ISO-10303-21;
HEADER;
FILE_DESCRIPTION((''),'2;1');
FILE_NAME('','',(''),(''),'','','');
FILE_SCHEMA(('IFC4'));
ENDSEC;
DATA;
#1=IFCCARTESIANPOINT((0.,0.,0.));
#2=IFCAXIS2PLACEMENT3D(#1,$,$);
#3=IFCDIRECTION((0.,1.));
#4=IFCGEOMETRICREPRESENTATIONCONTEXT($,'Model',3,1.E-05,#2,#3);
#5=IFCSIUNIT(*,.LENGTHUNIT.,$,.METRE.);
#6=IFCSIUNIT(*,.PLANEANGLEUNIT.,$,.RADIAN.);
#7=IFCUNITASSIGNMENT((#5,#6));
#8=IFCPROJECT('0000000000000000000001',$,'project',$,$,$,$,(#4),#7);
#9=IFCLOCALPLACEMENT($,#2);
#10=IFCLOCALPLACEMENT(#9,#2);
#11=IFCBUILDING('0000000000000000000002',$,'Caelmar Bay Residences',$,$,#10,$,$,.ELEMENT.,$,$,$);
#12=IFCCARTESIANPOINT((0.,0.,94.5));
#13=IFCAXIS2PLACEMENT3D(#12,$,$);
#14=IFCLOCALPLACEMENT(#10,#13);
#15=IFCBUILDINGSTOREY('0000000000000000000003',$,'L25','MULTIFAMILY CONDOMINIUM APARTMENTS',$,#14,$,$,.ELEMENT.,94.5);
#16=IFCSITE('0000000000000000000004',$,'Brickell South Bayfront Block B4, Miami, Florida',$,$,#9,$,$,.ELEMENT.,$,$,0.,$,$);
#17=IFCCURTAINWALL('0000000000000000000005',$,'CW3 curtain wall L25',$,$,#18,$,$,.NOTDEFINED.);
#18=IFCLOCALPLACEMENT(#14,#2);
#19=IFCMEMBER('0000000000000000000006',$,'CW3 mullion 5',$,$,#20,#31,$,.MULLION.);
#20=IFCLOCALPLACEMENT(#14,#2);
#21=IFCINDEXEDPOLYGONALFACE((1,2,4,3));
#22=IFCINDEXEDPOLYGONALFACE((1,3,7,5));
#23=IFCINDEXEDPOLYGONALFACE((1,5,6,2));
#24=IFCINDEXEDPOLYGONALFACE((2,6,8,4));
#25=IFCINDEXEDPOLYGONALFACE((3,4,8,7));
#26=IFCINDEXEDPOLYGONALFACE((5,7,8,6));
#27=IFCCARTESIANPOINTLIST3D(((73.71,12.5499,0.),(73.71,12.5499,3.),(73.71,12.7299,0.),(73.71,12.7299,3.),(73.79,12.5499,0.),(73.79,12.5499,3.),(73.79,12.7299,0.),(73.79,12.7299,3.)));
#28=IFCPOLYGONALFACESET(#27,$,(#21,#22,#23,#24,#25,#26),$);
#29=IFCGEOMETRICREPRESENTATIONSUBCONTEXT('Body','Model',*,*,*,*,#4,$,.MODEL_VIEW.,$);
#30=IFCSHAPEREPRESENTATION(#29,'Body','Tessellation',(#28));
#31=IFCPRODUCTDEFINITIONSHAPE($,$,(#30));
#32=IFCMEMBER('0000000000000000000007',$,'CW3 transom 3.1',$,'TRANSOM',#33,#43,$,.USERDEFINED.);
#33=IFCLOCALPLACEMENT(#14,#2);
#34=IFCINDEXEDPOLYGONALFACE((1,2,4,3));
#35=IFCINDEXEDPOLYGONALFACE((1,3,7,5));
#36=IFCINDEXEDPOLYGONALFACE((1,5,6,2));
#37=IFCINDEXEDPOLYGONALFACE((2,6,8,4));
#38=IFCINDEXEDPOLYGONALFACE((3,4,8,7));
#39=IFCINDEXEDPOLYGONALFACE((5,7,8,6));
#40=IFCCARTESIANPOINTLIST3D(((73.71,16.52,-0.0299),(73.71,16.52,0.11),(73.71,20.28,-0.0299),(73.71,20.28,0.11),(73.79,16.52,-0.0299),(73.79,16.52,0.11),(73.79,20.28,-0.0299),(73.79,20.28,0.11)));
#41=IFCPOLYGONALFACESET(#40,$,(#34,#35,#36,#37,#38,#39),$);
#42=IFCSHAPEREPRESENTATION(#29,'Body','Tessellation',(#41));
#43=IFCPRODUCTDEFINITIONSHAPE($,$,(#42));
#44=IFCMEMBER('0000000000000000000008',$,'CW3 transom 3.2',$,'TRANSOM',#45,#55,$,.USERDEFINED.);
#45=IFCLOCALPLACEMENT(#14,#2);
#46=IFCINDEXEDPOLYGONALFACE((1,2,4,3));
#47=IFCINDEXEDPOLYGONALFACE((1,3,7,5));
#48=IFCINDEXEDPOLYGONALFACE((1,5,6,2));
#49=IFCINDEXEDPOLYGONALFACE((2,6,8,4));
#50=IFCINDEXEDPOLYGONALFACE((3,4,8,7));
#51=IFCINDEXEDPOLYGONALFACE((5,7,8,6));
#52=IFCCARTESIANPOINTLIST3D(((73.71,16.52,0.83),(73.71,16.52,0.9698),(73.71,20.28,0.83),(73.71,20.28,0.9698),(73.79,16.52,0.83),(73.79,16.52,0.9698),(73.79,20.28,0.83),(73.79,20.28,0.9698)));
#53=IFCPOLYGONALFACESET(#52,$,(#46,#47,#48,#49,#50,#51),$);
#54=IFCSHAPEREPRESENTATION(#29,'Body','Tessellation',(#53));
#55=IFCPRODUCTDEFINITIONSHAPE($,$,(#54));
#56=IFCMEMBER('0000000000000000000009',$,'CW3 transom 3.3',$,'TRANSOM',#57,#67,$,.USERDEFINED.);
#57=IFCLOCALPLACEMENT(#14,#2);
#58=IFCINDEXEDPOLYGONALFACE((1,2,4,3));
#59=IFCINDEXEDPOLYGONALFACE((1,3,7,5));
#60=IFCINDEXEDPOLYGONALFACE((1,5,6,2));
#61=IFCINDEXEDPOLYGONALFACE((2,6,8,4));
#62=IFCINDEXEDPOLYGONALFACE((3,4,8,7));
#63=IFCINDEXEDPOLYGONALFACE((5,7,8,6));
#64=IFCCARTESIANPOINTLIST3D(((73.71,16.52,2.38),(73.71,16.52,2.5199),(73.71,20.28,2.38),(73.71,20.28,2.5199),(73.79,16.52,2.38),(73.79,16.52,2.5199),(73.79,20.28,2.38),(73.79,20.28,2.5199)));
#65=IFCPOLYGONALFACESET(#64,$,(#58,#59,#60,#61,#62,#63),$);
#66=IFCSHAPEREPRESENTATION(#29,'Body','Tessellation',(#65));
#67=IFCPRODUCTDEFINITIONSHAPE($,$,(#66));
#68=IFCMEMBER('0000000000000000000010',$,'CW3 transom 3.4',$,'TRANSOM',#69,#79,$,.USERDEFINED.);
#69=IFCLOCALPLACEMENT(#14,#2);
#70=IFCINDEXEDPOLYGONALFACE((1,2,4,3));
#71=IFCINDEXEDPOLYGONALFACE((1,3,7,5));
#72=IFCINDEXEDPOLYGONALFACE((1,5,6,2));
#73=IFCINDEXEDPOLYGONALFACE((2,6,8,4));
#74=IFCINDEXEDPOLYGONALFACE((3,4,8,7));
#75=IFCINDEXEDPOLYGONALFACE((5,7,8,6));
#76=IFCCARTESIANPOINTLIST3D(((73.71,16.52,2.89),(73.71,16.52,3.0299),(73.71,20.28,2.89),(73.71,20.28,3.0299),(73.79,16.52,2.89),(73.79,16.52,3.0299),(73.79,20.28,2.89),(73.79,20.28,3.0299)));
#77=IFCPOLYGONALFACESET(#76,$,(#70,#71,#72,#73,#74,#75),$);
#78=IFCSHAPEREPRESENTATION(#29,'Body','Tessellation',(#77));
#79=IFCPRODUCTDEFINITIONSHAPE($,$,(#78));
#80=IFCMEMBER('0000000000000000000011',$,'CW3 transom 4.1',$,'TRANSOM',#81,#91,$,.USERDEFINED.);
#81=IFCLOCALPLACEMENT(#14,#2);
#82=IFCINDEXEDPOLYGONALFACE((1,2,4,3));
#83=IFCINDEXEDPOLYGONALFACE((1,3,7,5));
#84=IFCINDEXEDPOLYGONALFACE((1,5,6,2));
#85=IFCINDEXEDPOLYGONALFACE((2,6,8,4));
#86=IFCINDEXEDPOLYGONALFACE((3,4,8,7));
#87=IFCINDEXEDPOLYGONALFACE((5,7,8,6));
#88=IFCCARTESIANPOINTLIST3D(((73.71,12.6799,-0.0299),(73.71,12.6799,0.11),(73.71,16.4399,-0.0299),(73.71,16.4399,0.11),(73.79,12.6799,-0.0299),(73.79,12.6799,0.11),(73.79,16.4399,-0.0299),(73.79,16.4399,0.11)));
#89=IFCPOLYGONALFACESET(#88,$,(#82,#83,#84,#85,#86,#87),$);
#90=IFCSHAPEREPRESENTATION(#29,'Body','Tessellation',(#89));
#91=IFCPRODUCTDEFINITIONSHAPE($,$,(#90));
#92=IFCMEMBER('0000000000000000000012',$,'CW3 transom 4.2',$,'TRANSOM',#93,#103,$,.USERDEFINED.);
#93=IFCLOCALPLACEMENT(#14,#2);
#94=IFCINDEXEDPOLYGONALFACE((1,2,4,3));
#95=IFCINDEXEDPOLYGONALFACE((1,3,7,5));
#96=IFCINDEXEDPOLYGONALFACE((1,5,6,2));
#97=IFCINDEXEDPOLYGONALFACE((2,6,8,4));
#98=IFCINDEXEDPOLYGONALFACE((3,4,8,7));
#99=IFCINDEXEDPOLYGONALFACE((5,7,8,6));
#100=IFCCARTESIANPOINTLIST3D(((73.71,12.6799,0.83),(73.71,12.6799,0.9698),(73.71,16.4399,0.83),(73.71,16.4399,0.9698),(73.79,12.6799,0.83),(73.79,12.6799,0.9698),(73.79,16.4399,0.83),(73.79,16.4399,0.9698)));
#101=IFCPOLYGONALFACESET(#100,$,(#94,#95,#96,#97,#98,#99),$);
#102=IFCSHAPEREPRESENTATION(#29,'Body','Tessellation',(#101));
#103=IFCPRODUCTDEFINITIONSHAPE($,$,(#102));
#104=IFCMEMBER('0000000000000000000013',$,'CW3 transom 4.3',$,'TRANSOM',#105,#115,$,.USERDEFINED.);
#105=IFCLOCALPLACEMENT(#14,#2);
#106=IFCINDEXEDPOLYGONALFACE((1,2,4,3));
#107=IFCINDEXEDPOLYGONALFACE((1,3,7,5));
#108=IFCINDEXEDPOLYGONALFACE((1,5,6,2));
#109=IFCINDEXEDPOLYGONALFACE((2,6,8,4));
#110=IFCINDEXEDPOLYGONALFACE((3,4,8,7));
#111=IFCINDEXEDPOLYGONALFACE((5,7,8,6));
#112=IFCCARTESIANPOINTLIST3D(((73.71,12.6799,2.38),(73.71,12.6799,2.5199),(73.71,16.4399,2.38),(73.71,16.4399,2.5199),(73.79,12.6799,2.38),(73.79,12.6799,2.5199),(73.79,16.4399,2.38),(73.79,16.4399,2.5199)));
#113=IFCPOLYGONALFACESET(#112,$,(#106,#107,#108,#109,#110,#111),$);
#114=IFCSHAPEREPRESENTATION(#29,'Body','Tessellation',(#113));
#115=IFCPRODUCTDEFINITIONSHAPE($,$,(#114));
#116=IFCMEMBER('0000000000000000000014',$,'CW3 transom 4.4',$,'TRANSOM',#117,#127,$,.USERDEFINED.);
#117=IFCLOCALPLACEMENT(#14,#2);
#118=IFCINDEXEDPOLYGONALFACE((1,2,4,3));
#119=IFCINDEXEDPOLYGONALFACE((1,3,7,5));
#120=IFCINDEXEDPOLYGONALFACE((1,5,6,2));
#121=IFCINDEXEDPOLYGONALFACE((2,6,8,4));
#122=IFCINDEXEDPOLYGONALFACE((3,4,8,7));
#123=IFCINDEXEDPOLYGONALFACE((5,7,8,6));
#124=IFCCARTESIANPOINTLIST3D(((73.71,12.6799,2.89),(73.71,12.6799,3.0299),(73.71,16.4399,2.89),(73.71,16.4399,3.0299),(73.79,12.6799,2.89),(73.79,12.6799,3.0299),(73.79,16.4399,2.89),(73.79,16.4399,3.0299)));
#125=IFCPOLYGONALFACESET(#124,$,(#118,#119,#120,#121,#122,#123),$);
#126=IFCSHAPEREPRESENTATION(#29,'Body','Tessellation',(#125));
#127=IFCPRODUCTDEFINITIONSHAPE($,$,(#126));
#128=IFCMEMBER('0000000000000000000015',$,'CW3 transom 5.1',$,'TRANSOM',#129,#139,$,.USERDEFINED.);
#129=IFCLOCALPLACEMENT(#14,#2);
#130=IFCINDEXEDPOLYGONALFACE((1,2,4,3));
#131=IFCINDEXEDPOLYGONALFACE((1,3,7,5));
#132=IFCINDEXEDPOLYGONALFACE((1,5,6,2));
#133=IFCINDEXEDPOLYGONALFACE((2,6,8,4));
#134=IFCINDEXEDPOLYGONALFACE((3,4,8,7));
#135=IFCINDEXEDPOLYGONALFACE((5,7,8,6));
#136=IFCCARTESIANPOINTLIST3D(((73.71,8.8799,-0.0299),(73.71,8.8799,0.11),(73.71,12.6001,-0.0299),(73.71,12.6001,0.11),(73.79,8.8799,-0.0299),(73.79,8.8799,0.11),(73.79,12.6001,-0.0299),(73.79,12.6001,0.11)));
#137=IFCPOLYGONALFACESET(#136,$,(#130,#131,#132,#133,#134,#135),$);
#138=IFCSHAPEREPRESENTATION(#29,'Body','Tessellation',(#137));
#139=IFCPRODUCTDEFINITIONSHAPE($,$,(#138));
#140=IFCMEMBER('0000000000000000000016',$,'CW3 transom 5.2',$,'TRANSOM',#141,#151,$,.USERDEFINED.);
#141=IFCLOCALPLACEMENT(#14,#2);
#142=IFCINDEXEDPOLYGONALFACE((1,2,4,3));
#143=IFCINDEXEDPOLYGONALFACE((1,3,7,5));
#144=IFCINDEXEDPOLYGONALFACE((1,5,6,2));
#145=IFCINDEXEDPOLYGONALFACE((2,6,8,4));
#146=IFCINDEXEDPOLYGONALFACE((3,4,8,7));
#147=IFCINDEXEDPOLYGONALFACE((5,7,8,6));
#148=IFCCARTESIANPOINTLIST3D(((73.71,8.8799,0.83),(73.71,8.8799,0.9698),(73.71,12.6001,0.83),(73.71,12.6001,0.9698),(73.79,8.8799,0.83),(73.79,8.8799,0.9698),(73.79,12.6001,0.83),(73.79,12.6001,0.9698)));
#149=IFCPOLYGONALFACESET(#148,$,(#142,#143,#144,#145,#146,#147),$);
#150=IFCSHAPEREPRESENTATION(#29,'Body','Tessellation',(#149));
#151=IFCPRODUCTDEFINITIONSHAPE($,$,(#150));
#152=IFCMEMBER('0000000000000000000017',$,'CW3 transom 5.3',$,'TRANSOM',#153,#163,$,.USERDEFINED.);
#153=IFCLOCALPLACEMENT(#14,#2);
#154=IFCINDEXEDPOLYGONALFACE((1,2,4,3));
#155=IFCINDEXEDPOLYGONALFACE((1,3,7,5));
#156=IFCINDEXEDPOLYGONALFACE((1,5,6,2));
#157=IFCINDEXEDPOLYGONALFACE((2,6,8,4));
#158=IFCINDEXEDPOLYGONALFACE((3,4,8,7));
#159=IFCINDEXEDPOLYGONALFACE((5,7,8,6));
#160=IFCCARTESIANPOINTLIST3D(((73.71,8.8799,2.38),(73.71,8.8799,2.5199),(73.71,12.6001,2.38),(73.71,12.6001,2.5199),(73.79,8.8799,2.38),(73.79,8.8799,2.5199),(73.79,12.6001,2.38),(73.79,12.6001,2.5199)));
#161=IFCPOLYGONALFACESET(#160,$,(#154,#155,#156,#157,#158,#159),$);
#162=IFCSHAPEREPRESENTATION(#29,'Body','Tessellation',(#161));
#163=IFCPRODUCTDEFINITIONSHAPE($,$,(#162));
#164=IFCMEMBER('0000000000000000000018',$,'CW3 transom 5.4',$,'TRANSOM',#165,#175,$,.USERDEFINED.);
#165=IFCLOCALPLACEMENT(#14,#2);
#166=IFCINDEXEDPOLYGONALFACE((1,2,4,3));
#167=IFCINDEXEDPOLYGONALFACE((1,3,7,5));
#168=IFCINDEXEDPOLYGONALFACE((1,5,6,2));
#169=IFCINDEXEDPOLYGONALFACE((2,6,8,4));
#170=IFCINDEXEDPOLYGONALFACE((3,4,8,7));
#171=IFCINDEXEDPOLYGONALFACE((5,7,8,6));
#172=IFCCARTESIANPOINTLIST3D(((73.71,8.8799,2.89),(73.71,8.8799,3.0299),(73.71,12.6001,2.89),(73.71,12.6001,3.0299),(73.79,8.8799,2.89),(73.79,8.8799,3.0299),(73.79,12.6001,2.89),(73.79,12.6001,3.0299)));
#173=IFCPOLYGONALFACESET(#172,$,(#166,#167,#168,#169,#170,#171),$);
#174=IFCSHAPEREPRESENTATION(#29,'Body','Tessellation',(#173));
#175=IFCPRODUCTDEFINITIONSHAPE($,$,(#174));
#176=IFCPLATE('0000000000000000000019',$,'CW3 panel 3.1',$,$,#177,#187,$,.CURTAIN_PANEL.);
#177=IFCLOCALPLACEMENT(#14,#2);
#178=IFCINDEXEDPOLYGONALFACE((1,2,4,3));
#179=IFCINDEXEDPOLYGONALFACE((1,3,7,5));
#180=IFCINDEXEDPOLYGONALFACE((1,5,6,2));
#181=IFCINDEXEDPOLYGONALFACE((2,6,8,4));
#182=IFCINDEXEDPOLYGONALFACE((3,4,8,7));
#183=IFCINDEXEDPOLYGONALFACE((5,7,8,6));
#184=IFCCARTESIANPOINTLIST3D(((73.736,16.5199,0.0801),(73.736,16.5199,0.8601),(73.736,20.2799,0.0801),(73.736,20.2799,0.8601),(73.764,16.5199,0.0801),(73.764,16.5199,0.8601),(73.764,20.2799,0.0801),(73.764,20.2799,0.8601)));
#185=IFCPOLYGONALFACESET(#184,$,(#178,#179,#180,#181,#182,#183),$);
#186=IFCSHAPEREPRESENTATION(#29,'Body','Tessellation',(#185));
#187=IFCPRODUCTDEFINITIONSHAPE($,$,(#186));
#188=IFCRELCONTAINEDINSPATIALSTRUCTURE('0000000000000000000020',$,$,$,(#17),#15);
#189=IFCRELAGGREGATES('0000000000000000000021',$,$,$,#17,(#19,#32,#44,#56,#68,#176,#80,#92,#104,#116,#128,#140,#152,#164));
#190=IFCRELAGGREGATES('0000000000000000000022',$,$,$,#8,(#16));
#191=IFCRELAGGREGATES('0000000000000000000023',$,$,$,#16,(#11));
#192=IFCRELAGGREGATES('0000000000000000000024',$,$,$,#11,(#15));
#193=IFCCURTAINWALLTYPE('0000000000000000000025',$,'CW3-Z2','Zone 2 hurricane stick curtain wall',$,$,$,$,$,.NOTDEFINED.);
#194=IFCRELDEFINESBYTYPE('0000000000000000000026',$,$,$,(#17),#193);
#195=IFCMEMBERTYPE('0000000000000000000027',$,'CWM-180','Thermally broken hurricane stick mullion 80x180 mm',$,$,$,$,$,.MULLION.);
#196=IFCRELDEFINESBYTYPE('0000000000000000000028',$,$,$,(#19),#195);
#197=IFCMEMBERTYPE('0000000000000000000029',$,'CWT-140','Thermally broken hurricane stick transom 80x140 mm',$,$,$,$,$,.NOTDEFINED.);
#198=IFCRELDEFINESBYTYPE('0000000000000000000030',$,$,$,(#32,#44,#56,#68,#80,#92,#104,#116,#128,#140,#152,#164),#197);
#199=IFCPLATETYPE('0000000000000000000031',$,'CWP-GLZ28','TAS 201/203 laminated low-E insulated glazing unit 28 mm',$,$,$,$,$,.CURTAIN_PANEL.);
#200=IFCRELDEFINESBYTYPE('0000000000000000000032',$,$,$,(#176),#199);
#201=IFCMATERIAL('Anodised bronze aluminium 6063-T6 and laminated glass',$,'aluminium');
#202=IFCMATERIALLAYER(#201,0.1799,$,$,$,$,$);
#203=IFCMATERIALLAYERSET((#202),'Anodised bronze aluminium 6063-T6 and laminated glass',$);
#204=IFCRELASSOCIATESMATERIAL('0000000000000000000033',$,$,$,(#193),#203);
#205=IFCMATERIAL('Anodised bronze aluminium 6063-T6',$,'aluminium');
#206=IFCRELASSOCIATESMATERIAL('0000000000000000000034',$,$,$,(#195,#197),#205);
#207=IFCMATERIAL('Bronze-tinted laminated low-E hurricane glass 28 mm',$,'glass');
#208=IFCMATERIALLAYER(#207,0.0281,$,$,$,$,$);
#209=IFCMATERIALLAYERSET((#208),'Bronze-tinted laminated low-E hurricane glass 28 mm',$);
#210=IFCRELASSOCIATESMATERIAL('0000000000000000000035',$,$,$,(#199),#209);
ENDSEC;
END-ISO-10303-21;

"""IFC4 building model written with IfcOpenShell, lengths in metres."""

from ifc_helpers import new_model, si_unit, direction, frame, origin, origin_2d, place, context, subcontext, project, spatial, rectangle, extrude, material, layer, layer_set, material_profile, profile_set, type_object, element, aggregate, save


model = new_model("IFC4")

# Units and contexts
model_context = context("Model", 3, precision=1e-05, world=origin(), true_north=direction((0.0, 1.0)))
body_context = subcontext(model_context, "Body", "Model", "MODEL_VIEW")
ifc_project = project(units=[si_unit("LENGTHUNIT", "METRE"), si_unit("PLANEANGLEUNIT", "RADIAN")], contexts=[model_context])

# Site, building, storey
site_placement = place(None, origin())
site = spatial("IfcSite", under=ifc_project, at=site_placement, Name="Brickell South Bayfront Block B4, Miami, Florida", CompositionType="ELEMENT", RefElevation=0.0)
building_placement = place(site_placement, origin())
building = spatial("IfcBuilding", under=site, at=building_placement, Name="Caelmar Bay Residences", CompositionType="ELEMENT")
storey_placement = place(building_placement, frame((0.0, 0.0, 94.5)))
storey = spatial("IfcBuildingStorey", under=building, at=storey_placement, Name="L25", Description="MULTIFAMILY CONDOMINIUM APARTMENTS", CompositionType="ELEMENT", Elevation=94.5)

# Curtain wall, members, plate
ifc_material_1 = material(Name="Anodised bronze aluminium 6063-T6 and laminated glass", Category="aluminium")
ifc_layer_1 = layer(ifc_material_1, 0.1799)
ifc_layer_set_1 = layer_set([ifc_layer_1], Name="Anodised bronze aluminium 6063-T6 and laminated glass")
curtain_wall_type = type_object("IfcCurtainWallType", Name="CW3-Z2", Description="Zone 2 hurricane stick curtain wall", PredefinedType="NOTDEFINED", material=ifc_layer_set_1)
curtain_wall_placement = place(storey_placement, origin())
curtain_wall = element("IfcCurtainWall", 1, at=curtain_wall_placement, inside=storey, type_object=curtain_wall_type, Name="CW3 curtain wall L25", PredefinedType="NOTDEFINED")
ifc_material_2 = material(Name="Anodised bronze aluminium 6063-T6", Category="aluminium")
ifc_material_profile_1 = material_profile(ifc_material_2, rectangle(XDim=0.0801, YDim=0.1799, at=origin_2d()), Name="CWM-80X180")
ifc_profile_set_1 = profile_set([ifc_material_profile_1], Name="Anodised bronze aluminium 6063-T6")
member_type_1 = type_object("IfcMemberType", Name="CWM-180", Description="Thermally broken hurricane stick mullion 80x180 mm", PredefinedType="MULLION", material=ifc_profile_set_1)
member_1_placement = place(storey_placement, frame((73.75, 12.6399, 0.0), z_axis=(0.0, 0.0, 1.0), x_axis=(1.0, 0.0, 0.0)))
member_1 = element("IfcMember", 2, at=member_1_placement, type_object=member_type_1, Name="CW3 mullion 5", PredefinedType="MULLION", context=body_context, shape_type="SweptSolid", body=[
    extrude(rectangle(XDim=0.0801, YDim=0.1799, at=origin_2d()), origin(), (0.0, 0.0, 1.0), 3.0),
])
ifc_material_profile_2 = material_profile(ifc_material_2, rectangle(XDim=0.0801, YDim=0.1399, at=origin_2d()), Name="CWT-80X140")
ifc_profile_set_2 = profile_set([ifc_material_profile_2], Name="Anodised bronze aluminium 6063-T6")
member_type_2 = type_object("IfcMemberType", Name="CWT-140", Description="Thermally broken hurricane stick transom 80x140 mm", PredefinedType="NOTDEFINED", material=ifc_profile_set_2)
member_2_placement = place(storey_placement, frame((73.75, 20.28, 0.04), z_axis=(0.0, -1.0, 0.0), x_axis=(1.0, 0.0, 0.0)))
member_2 = element("IfcMember", 3, at=member_2_placement, type_object=member_type_2, Name="CW3 transom 3.1", ObjectType="TRANSOM", PredefinedType="USERDEFINED", context=body_context, shape_type="SweptSolid", body=[
    extrude(rectangle(XDim=0.0801, YDim=0.1399, at=origin_2d()), origin(), (0.0, 0.0, 1.0), 3.76),
])
member_3_placement = place(storey_placement, frame((73.75, 20.28, 0.8999), z_axis=(0.0, -1.0, 0.0), x_axis=(1.0, 0.0, 0.0)))
member_3 = element("IfcMember", 4, at=member_3_placement, type_object=member_type_2, Name="CW3 transom 3.2", ObjectType="TRANSOM", PredefinedType="USERDEFINED", context=body_context, shape_type="SweptSolid", body=[
    extrude(rectangle(XDim=0.0801, YDim=0.1399, at=origin_2d()), origin(), (0.0, 0.0, 1.0), 3.76),
])
member_4_placement = place(storey_placement, frame((73.75, 20.28, 2.45), z_axis=(0.0, -1.0, 0.0), x_axis=(1.0, 0.0, 0.0)))
member_4 = element("IfcMember", 5, at=member_4_placement, type_object=member_type_2, Name="CW3 transom 3.3", ObjectType="TRANSOM", PredefinedType="USERDEFINED", context=body_context, shape_type="SweptSolid", body=[
    extrude(rectangle(XDim=0.0801, YDim=0.1399, at=origin_2d()), origin(), (0.0, 0.0, 1.0), 3.76),
])
member_5_placement = place(storey_placement, frame((73.75, 20.28, 2.96), z_axis=(0.0, -1.0, 0.0), x_axis=(1.0, 0.0, 0.0)))
member_5 = element("IfcMember", 6, at=member_5_placement, type_object=member_type_2, Name="CW3 transom 3.4", ObjectType="TRANSOM", PredefinedType="USERDEFINED", context=body_context, shape_type="SweptSolid", body=[
    extrude(rectangle(XDim=0.0801, YDim=0.1399, at=origin_2d()), origin(), (0.0, 0.0, 1.0), 3.76),
])
member_6_placement = place(storey_placement, frame((73.75, 16.4399, 0.04), z_axis=(0.0, -1.0, 0.0), x_axis=(1.0, 0.0, 0.0)))
member_6 = element("IfcMember", 7, at=member_6_placement, type_object=member_type_2, Name="CW3 transom 4.1", ObjectType="TRANSOM", PredefinedType="USERDEFINED", context=body_context, shape_type="SweptSolid", body=[
    extrude(rectangle(XDim=0.0801, YDim=0.1399, at=origin_2d()), origin(), (0.0, 0.0, 1.0), 3.76),
])
member_7_placement = place(storey_placement, frame((73.75, 16.4399, 0.8999), z_axis=(0.0, -1.0, 0.0), x_axis=(1.0, 0.0, 0.0)))
member_7 = element("IfcMember", 8, at=member_7_placement, type_object=member_type_2, Name="CW3 transom 4.2", ObjectType="TRANSOM", PredefinedType="USERDEFINED", context=body_context, shape_type="SweptSolid", body=[
    extrude(rectangle(XDim=0.0801, YDim=0.1399, at=origin_2d()), origin(), (0.0, 0.0, 1.0), 3.76),
])
member_8_placement = place(storey_placement, frame((73.75, 16.4399, 2.45), z_axis=(0.0, -1.0, 0.0), x_axis=(1.0, 0.0, 0.0)))
member_8 = element("IfcMember", 9, at=member_8_placement, type_object=member_type_2, Name="CW3 transom 4.3", ObjectType="TRANSOM", PredefinedType="USERDEFINED", context=body_context, shape_type="SweptSolid", body=[
    extrude(rectangle(XDim=0.0801, YDim=0.1399, at=origin_2d()), origin(), (0.0, 0.0, 1.0), 3.76),
])
member_9_placement = place(storey_placement, frame((73.75, 16.4399, 2.96), z_axis=(0.0, -1.0, 0.0), x_axis=(1.0, 0.0, 0.0)))
member_9 = element("IfcMember", 10, at=member_9_placement, type_object=member_type_2, Name="CW3 transom 4.4", ObjectType="TRANSOM", PredefinedType="USERDEFINED", context=body_context, shape_type="SweptSolid", body=[
    extrude(rectangle(XDim=0.0801, YDim=0.1399, at=origin_2d()), origin(), (0.0, 0.0, 1.0), 3.76),
])
member_10_placement = place(storey_placement, frame((73.75, 12.6001, 0.04), z_axis=(0.0, -1.0, 0.0), x_axis=(1.0, 0.0, 0.0)))
member_10 = element("IfcMember", 11, at=member_10_placement, type_object=member_type_2, Name="CW3 transom 5.1", ObjectType="TRANSOM", PredefinedType="USERDEFINED", context=body_context, shape_type="SweptSolid", body=[
    extrude(rectangle(XDim=0.0801, YDim=0.1399, at=origin_2d()), origin(), (0.0, 0.0, 1.0), 3.7202),
])
member_11_placement = place(storey_placement, frame((73.75, 12.6001, 0.8999), z_axis=(0.0, -1.0, 0.0), x_axis=(1.0, 0.0, 0.0)))
member_11 = element("IfcMember", 12, at=member_11_placement, type_object=member_type_2, Name="CW3 transom 5.2", ObjectType="TRANSOM", PredefinedType="USERDEFINED", context=body_context, shape_type="SweptSolid", body=[
    extrude(rectangle(XDim=0.0801, YDim=0.1399, at=origin_2d()), origin(), (0.0, 0.0, 1.0), 3.7202),
])
member_12_placement = place(storey_placement, frame((73.75, 12.6001, 2.45), z_axis=(0.0, -1.0, 0.0), x_axis=(1.0, 0.0, 0.0)))
member_12 = element("IfcMember", 13, at=member_12_placement, type_object=member_type_2, Name="CW3 transom 5.3", ObjectType="TRANSOM", PredefinedType="USERDEFINED", context=body_context, shape_type="SweptSolid", body=[
    extrude(rectangle(XDim=0.0801, YDim=0.1399, at=origin_2d()), origin(), (0.0, 0.0, 1.0), 3.7202),
])
member_13_placement = place(storey_placement, frame((73.75, 12.6001, 2.96), z_axis=(0.0, -1.0, 0.0), x_axis=(1.0, 0.0, 0.0)))
member_13 = element("IfcMember", 14, at=member_13_placement, type_object=member_type_2, Name="CW3 transom 5.4", ObjectType="TRANSOM", PredefinedType="USERDEFINED", context=body_context, shape_type="SweptSolid", body=[
    extrude(rectangle(XDim=0.0801, YDim=0.1399, at=origin_2d()), origin(), (0.0, 0.0, 1.0), 3.7202),
])
ifc_material_3 = material(Name="Bronze-tinted laminated low-E hurricane glass 28 mm", Category="glass")
ifc_layer_2 = layer(ifc_material_3, 0.0281)
ifc_layer_set_2 = layer_set([ifc_layer_2], Name="Bronze-tinted laminated low-E hurricane glass 28 mm")
plate_type = type_object("IfcPlateType", Name="CWP-GLZ28", Description="TAS 201/203 laminated low-E insulated glazing unit 28 mm", PredefinedType="CURTAIN_PANEL", material=ifc_layer_set_2)
plate_1_placement = place(storey_placement, frame((73.75, 18.3999, 0.0801), z_axis=(0.0, 0.0, 1.0), x_axis=(0.0, -1.0, 0.0)))
plate_1 = element("IfcPlate", 15, at=plate_1_placement, type_object=plate_type, Name="CW3 panel 3.1", PredefinedType="CURTAIN_PANEL", context=body_context, shape_type="SweptSolid", body=[
    extrude(rectangle(XDim=3.76, YDim=0.0281, at=origin_2d()), origin(), (0.0, 0.0, 1.0), 0.78),
])
aggregate(curtain_wall, [member_1, member_2, member_3, member_4, member_5, plate_1, member_6, member_7, member_8, member_9, member_10, member_11, member_12, member_13])

save(model, "model.ifc")
